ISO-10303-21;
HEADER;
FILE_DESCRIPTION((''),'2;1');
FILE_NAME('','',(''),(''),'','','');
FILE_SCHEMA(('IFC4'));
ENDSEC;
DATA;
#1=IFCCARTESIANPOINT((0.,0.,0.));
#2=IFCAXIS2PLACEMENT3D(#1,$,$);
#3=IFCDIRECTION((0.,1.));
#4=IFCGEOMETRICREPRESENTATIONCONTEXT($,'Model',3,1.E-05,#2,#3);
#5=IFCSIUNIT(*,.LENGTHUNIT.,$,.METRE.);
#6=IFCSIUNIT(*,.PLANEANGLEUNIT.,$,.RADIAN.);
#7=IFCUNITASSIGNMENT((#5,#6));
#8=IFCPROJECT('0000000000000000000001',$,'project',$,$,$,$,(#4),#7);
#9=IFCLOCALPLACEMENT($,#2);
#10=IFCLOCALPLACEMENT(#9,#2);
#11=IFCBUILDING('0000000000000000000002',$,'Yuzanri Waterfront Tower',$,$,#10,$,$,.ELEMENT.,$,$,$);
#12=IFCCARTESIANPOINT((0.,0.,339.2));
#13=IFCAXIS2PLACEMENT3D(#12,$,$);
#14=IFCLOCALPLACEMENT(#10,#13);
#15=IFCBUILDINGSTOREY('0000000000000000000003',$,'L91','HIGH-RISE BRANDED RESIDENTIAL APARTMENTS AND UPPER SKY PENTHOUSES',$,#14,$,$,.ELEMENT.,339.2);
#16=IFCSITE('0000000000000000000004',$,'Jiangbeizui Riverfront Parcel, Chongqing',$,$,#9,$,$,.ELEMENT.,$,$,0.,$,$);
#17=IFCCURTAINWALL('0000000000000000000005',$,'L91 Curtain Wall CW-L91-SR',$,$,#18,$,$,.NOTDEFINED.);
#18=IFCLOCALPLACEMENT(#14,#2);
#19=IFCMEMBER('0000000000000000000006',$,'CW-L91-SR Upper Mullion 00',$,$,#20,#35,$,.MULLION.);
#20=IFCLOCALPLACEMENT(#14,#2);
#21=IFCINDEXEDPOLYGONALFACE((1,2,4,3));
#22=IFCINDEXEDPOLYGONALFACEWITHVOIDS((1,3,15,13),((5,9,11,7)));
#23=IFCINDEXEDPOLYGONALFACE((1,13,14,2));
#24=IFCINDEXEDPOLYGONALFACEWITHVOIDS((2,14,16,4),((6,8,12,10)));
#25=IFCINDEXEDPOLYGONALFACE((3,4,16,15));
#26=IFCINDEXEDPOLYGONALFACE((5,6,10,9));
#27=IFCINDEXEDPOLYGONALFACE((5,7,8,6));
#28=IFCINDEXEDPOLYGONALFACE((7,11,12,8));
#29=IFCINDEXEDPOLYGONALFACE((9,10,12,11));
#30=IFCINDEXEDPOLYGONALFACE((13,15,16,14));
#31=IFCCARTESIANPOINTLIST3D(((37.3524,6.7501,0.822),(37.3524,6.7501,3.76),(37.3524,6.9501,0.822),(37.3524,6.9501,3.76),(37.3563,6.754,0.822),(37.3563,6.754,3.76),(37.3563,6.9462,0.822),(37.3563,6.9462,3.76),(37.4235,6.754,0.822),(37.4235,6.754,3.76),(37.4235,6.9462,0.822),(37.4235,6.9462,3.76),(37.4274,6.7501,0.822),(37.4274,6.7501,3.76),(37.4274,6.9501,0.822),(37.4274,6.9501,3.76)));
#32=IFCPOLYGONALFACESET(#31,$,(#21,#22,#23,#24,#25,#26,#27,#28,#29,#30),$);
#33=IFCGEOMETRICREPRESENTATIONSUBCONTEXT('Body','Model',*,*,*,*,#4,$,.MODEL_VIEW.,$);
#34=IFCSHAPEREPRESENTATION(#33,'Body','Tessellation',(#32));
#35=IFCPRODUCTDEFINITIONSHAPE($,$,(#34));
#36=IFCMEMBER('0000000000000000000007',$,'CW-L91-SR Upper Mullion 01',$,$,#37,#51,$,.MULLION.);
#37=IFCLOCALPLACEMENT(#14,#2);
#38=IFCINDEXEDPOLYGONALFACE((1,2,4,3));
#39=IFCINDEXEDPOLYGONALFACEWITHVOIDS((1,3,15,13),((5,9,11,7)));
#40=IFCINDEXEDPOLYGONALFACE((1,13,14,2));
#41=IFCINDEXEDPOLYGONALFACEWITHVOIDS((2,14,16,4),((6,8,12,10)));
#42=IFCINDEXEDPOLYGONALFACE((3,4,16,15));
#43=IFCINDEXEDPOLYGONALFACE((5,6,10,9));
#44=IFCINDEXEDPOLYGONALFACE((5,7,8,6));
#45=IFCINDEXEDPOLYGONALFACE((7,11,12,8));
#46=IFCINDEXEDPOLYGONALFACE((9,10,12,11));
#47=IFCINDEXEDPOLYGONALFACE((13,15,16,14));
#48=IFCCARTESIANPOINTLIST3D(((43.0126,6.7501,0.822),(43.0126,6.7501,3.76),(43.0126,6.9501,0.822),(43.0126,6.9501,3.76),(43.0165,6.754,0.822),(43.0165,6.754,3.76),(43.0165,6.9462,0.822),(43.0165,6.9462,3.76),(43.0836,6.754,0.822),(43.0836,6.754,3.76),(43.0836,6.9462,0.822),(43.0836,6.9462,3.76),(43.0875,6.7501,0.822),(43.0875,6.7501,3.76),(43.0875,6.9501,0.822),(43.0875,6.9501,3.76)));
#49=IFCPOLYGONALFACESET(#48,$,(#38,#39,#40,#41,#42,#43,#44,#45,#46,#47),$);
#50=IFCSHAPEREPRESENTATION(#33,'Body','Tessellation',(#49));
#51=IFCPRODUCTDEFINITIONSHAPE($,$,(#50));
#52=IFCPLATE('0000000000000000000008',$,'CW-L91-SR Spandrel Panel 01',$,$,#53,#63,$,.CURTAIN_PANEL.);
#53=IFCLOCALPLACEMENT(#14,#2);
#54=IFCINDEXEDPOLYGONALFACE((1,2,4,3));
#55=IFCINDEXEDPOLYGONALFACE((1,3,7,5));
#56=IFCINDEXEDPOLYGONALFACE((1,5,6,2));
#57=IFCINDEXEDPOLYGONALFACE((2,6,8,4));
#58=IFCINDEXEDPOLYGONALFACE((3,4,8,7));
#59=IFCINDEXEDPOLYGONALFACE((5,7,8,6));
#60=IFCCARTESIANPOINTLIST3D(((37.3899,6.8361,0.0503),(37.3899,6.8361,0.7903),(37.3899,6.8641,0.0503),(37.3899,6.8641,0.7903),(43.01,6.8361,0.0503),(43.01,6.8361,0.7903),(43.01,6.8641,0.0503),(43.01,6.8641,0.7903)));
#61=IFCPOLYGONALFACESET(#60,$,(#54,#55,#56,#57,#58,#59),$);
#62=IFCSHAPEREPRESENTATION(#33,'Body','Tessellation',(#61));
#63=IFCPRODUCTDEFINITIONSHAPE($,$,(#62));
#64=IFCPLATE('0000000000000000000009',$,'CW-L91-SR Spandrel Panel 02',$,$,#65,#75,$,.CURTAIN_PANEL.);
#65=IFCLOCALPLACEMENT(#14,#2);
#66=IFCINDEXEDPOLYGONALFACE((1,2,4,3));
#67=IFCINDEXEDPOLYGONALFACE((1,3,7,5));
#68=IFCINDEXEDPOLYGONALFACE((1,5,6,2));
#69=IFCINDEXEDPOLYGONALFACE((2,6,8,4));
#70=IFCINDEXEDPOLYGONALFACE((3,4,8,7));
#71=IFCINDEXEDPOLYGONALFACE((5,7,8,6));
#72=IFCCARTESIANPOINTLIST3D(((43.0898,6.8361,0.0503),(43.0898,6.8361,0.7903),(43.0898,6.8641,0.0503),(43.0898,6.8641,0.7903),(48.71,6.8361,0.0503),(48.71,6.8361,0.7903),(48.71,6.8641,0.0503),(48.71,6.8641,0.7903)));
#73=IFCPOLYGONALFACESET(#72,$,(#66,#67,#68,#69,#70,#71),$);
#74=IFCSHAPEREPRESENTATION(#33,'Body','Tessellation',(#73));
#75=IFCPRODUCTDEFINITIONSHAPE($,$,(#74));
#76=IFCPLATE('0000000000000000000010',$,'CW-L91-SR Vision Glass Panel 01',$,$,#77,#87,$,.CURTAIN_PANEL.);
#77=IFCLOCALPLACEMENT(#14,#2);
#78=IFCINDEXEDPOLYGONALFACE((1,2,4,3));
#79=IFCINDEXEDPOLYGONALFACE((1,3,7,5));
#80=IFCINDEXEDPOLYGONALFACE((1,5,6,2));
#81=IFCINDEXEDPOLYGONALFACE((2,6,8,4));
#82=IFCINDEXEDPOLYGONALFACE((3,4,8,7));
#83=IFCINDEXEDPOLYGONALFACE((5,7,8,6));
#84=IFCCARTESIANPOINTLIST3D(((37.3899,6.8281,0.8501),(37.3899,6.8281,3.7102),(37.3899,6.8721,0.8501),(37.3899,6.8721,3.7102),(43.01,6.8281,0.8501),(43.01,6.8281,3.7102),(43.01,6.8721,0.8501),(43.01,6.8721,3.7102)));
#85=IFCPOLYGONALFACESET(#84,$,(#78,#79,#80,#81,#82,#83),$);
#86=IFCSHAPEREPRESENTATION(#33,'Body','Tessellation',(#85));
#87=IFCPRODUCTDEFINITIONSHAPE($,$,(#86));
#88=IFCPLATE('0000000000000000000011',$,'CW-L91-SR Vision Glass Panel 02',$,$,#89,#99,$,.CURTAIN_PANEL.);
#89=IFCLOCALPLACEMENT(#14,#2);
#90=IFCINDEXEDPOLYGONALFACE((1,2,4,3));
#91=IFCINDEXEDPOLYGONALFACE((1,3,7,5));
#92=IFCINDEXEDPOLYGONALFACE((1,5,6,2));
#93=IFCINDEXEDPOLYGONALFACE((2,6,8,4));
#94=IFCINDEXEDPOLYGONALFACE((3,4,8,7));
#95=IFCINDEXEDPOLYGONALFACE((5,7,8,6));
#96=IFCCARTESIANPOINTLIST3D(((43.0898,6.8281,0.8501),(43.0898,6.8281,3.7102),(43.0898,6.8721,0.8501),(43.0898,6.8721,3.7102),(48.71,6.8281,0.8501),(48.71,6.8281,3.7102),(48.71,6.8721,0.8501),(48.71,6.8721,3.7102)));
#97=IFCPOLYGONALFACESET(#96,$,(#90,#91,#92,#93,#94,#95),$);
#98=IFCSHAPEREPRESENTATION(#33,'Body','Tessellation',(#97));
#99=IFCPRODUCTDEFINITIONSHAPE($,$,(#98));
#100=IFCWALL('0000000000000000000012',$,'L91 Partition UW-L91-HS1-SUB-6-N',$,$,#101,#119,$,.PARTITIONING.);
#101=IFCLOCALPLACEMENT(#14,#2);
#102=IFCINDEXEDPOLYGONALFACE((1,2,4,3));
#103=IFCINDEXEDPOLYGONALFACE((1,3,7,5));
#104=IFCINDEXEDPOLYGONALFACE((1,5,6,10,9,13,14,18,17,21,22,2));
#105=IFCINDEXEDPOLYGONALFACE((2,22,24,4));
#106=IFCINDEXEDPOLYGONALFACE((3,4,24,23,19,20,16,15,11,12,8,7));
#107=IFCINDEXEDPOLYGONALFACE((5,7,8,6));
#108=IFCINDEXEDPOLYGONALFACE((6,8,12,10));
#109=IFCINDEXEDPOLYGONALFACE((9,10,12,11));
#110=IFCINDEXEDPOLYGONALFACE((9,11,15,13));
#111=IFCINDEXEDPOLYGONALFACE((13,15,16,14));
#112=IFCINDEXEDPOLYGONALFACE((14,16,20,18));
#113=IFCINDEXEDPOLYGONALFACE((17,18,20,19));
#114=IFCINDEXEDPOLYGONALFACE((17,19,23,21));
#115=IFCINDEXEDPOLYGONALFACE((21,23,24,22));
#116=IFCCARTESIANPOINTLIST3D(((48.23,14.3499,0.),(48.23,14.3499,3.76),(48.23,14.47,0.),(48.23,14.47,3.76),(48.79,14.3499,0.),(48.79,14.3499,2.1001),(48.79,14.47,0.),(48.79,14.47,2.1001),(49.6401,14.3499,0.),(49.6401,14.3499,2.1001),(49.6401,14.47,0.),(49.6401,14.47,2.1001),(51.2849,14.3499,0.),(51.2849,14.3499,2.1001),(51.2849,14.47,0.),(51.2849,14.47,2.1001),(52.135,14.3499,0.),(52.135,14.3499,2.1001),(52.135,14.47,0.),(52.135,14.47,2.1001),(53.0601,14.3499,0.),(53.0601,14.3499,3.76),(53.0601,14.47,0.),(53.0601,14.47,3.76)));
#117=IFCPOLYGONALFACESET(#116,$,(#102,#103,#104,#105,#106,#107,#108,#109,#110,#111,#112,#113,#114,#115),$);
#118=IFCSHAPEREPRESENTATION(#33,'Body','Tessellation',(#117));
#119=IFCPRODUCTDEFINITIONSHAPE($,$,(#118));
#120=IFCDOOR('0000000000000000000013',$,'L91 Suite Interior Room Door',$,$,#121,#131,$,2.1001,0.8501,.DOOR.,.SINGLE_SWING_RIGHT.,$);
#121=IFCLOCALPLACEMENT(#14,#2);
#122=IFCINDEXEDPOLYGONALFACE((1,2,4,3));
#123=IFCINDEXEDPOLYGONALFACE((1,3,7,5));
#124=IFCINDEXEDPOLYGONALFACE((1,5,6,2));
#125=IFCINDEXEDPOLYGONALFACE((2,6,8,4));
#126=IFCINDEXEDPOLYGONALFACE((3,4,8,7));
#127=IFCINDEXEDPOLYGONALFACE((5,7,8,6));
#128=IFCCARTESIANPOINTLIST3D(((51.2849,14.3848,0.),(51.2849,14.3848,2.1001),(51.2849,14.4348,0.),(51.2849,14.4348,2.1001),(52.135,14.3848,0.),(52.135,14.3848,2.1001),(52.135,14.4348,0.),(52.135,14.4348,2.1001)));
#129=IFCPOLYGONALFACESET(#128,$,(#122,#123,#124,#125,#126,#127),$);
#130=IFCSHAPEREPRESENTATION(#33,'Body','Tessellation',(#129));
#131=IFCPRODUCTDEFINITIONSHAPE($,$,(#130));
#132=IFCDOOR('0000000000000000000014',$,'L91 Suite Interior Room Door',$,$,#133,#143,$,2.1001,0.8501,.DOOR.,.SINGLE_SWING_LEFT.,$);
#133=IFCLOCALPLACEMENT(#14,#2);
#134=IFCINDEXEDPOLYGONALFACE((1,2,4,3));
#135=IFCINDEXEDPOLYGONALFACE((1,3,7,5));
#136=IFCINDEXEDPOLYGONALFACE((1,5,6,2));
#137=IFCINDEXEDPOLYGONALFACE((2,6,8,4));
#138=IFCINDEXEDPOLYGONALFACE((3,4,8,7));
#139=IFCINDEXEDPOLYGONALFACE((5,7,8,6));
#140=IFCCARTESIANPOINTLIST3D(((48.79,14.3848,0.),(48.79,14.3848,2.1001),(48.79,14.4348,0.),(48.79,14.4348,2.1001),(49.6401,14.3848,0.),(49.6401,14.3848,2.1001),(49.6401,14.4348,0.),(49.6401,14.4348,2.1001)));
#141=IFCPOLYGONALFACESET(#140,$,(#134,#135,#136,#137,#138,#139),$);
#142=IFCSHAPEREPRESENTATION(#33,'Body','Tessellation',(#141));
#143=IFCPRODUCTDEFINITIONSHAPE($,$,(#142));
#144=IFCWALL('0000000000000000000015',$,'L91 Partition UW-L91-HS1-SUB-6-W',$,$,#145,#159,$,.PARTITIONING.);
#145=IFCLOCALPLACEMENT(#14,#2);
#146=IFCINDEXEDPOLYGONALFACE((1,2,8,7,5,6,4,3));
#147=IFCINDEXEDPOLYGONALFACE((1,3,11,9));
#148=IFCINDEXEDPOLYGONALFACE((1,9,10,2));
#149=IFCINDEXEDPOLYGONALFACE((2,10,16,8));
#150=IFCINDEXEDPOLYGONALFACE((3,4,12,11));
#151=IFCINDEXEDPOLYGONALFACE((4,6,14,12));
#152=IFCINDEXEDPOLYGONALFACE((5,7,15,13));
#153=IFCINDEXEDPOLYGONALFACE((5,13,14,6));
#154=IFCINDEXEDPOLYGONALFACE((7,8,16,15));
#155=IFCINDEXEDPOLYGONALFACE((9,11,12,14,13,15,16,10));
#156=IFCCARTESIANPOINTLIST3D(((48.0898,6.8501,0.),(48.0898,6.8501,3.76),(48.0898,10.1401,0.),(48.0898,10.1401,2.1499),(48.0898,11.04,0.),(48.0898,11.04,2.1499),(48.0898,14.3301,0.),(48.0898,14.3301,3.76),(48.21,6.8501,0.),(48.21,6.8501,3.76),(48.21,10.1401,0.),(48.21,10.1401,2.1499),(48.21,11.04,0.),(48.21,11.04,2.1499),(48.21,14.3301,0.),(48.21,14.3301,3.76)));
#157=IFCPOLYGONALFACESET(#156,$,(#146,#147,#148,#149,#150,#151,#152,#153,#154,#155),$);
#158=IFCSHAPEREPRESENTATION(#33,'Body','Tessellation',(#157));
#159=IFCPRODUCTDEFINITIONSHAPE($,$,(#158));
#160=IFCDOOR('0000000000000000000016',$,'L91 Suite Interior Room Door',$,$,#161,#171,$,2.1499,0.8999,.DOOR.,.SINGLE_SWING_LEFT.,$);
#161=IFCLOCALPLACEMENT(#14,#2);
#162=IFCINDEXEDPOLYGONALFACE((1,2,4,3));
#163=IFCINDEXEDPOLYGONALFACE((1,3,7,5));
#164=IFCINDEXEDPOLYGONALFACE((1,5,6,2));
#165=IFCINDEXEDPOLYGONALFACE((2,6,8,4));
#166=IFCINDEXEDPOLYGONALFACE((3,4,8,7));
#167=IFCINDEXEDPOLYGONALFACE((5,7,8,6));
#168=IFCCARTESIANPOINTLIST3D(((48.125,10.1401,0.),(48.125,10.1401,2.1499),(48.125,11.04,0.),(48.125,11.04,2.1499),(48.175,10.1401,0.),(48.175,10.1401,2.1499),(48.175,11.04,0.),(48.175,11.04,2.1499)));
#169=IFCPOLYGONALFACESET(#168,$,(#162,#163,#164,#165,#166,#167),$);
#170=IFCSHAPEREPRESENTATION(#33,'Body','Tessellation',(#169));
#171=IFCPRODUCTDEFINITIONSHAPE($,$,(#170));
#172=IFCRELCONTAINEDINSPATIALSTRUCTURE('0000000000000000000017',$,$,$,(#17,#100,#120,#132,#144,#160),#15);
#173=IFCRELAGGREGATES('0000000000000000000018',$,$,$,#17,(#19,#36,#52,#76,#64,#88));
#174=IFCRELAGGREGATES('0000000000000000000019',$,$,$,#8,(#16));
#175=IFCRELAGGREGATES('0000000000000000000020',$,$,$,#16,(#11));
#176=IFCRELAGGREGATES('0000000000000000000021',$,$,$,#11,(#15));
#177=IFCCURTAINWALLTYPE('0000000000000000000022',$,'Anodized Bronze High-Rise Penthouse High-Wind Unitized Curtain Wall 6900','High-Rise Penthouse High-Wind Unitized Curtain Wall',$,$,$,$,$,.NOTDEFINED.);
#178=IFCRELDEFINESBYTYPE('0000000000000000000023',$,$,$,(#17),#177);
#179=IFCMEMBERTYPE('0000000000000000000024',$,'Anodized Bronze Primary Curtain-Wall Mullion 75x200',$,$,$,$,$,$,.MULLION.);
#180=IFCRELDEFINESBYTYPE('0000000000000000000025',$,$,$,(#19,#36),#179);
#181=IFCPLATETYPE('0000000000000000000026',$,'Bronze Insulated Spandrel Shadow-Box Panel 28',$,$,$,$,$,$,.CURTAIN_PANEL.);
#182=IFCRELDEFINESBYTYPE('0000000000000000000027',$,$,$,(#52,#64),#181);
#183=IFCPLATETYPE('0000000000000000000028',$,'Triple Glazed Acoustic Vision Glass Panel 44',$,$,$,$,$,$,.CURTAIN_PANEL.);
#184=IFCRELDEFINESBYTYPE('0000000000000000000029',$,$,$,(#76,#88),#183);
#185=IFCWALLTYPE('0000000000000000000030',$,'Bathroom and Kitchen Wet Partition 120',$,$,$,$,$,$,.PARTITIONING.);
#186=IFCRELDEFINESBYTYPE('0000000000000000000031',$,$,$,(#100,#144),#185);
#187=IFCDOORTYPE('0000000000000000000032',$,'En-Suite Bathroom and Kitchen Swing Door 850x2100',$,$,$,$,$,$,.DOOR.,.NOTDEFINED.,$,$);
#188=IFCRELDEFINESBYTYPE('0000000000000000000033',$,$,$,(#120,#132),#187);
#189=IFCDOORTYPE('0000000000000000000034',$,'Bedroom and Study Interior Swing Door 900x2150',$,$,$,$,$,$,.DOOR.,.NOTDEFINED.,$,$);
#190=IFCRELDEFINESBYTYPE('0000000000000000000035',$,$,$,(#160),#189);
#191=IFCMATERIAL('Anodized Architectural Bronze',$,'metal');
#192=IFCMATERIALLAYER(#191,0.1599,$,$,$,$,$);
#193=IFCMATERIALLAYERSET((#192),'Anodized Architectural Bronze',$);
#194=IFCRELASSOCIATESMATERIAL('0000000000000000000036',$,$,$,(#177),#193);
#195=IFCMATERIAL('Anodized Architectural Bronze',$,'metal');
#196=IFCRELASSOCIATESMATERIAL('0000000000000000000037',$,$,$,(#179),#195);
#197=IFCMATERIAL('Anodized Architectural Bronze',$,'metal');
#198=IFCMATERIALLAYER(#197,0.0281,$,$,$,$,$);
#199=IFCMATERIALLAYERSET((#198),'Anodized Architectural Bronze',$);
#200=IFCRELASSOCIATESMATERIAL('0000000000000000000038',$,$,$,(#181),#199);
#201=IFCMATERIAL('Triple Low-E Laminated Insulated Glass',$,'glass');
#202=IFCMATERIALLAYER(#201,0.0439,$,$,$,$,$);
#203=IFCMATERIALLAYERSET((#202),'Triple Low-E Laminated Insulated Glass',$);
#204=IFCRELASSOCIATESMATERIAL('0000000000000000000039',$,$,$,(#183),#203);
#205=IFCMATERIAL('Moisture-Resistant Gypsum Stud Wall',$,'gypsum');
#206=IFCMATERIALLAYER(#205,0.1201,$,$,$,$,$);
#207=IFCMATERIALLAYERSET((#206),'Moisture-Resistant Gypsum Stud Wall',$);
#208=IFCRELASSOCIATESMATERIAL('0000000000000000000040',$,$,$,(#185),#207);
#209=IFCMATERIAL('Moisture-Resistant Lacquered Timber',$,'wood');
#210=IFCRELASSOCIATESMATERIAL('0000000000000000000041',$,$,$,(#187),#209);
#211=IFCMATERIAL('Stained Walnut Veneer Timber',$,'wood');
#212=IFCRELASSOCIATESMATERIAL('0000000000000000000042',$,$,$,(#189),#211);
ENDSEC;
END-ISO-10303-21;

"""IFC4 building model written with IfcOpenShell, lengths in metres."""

from ifc_helpers import new_model, si_unit, direction, frame, frame_2d, origin, origin_2d, place, context, subcontext, project, spatial, rectangle, hollow_rectangle, extrude, source, transform, mapped, material, layer, layer_set, material_profile, profile_set, type_object, element, fill, aggregate, save


model = new_model("IFC4")

# Units and contexts
model_context = context("Model", 3, precision=1e-05, world=origin(), true_north=direction((0.0, 1.0)))
body_context = subcontext(model_context, "Body", "Model", "MODEL_VIEW")
ifc_project = project(units=[si_unit("LENGTHUNIT", "METRE"), si_unit("PLANEANGLEUNIT", "RADIAN")], contexts=[model_context])

# Site, building, storey
site_placement = place(None, origin())
site = spatial("IfcSite", under=ifc_project, at=site_placement, Name="Jiangbeizui Riverfront Parcel, Chongqing", CompositionType="ELEMENT", RefElevation=0.0)
building_placement = place(site_placement, origin())
building = spatial("IfcBuilding", under=site, at=building_placement, Name="Yuzanri Waterfront Tower", CompositionType="ELEMENT")
storey_placement = place(building_placement, frame((0.0, 0.0, 339.2)))
storey = spatial("IfcBuildingStorey", under=building, at=storey_placement, Name="L91", Description="HIGH-RISE BRANDED RESIDENTIAL APARTMENTS AND UPPER SKY PENTHOUSES", CompositionType="ELEMENT", Elevation=339.2)

# Curtain wall, members, plates
ifc_material_1 = material(Name="Anodized Architectural Bronze", Category="metal")
ifc_layer_1 = layer(ifc_material_1, 0.1599)
ifc_layer_set_1 = layer_set([ifc_layer_1], Name="Anodized Architectural Bronze")
curtain_wall_type = type_object("IfcCurtainWallType", Name="Anodized Bronze High-Rise Penthouse High-Wind Unitized Curtain Wall 6900", Description="High-Rise Penthouse High-Wind Unitized Curtain Wall", PredefinedType="NOTDEFINED", material=ifc_layer_set_1)
curtain_wall_placement = place(storey_placement, origin())
curtain_wall = element("IfcCurtainWall", 1, at=curtain_wall_placement, inside=storey, type_object=curtain_wall_type, Name="L91 Curtain Wall CW-L91-SR", PredefinedType="NOTDEFINED")
ifc_material_2 = material(Name="Anodized Architectural Bronze", Category="metal")
ifc_material_profile_1 = material_profile(ifc_material_2, hollow_rectangle(XDim=0.075, YDim=0.2, WallThickness=0.0039, at=origin_2d()), Name="CWM 75x200")
ifc_profile_set_1 = profile_set([ifc_material_profile_1], Name="Anodized Architectural Bronze")
member_type_1 = type_object("IfcMemberType", Name="Anodized Bronze Primary Curtain-Wall Mullion 75x200", PredefinedType="MULLION", material=ifc_profile_set_1)
shared_shape_1 = source(origin(), body_context, "Body", "SweptSolid", [
    extrude(hollow_rectangle(XDim=0.075, YDim=0.2, WallThickness=0.0039, at=origin_2d()), origin(), (0.0, 0.0, 1.0), 2.938),
])
member_1_placement = place(storey_placement, frame((37.3899, 6.8501, 0.822), z_axis=(0.0, 0.0, 1.0), x_axis=(1.0, 0.0, 0.0)))
member_1 = element("IfcMember", 2, at=member_1_placement, type_object=member_type_1, Name="CW-L91-SR Upper Mullion 00", PredefinedType="MULLION", context=body_context, shape_type="MappedRepresentation", body=[
    mapped(shared_shape_1, transform((0.0, 0.0, 0.0), scale=1.0)),
])
member_2_placement = place(storey_placement, frame((43.05, 6.8501, 0.822), z_axis=(0.0, 0.0, 1.0), x_axis=(1.0, 0.0, 0.0)))
member_2 = element("IfcMember", 3, at=member_2_placement, type_object=member_type_1, Name="CW-L91-SR Upper Mullion 01", PredefinedType="MULLION", context=body_context, shape_type="MappedRepresentation", body=[
    mapped(shared_shape_1, transform((0.0, 0.0, 0.0), scale=1.0)),
])
ifc_material_3 = material(Name="Anodized Architectural Bronze", Category="metal")
ifc_layer_2 = layer(ifc_material_3, 0.0281)
ifc_layer_set_2 = layer_set([ifc_layer_2], Name="Anodized Architectural Bronze")
plate_type_1 = type_object("IfcPlateType", Name="Bronze Insulated Spandrel Shadow-Box Panel 28", PredefinedType="CURTAIN_PANEL", material=ifc_layer_set_2)
shared_shape_2 = source(origin(), body_context, "Body", "SweptSolid", [
    extrude(rectangle(XDim=5.6201, YDim=0.0281, at=origin_2d()), origin(), (0.0, 0.0, 1.0), 0.74),
])
plate_1_placement = place(storey_placement, frame((40.2, 6.8501, 0.0503), z_axis=(0.0, 0.0, 1.0), x_axis=(1.0, 0.0, 0.0)))
plate_1 = element("IfcPlate", 4, at=plate_1_placement, type_object=plate_type_1, Name="CW-L91-SR Spandrel Panel 01", PredefinedType="CURTAIN_PANEL", context=body_context, shape_type="MappedRepresentation", body=[
    mapped(shared_shape_2, transform((0.0, 0.0, 0.0), scale=1.0)),
])
plate_2_placement = place(storey_placement, frame((45.8999, 6.8501, 0.0503), z_axis=(0.0, 0.0, 1.0), x_axis=(1.0, 0.0, 0.0)))
plate_2 = element("IfcPlate", 5, at=plate_2_placement, type_object=plate_type_1, Name="CW-L91-SR Spandrel Panel 02", PredefinedType="CURTAIN_PANEL", context=body_context, shape_type="MappedRepresentation", body=[
    mapped(shared_shape_2, transform((0.0, 0.0, 0.0), scale=1.0)),
])
ifc_material_4 = material(Name="Triple Low-E Laminated Insulated Glass", Category="glass")
ifc_layer_3 = layer(ifc_material_4, 0.0439)
ifc_layer_set_3 = layer_set([ifc_layer_3], Name="Triple Low-E Laminated Insulated Glass")
plate_type_2 = type_object("IfcPlateType", Name="Triple Glazed Acoustic Vision Glass Panel 44", PredefinedType="CURTAIN_PANEL", material=ifc_layer_set_3)
shared_shape_3 = source(origin(), body_context, "Body", "SweptSolid", [
    extrude(rectangle(XDim=5.6201, YDim=0.0439, at=origin_2d()), origin(), (0.0, 0.0, 1.0), 2.8601),
])
plate_3_placement = place(storey_placement, frame((40.2, 6.8501, 0.8501), z_axis=(0.0, 0.0, 1.0), x_axis=(1.0, 0.0, 0.0)))
plate_3 = element("IfcPlate", 6, at=plate_3_placement, type_object=plate_type_2, Name="CW-L91-SR Vision Glass Panel 01", PredefinedType="CURTAIN_PANEL", context=body_context, shape_type="MappedRepresentation", body=[
    mapped(shared_shape_3, transform((0.0, 0.0, 0.0), scale=1.0)),
])
plate_4_placement = place(storey_placement, frame((45.8999, 6.8501, 0.8501), z_axis=(0.0, 0.0, 1.0), x_axis=(1.0, 0.0, 0.0)))
plate_4 = element("IfcPlate", 7, at=plate_4_placement, type_object=plate_type_2, Name="CW-L91-SR Vision Glass Panel 02", PredefinedType="CURTAIN_PANEL", context=body_context, shape_type="MappedRepresentation", body=[
    mapped(shared_shape_3, transform((0.0, 0.0, 0.0), scale=1.0)),
])
aggregate(curtain_wall, [member_1, member_2, plate_1, plate_3, plate_2, plate_4])

# Wall, openings, doors
ifc_material_5 = material(Name="Moisture-Resistant Gypsum Stud Wall", Category="gypsum")
ifc_layer_4 = layer(ifc_material_5, 0.1201)
ifc_layer_set_4 = layer_set([ifc_layer_4], Name="Moisture-Resistant Gypsum Stud Wall")
wall_type = type_object("IfcWallType", Name="Bathroom and Kitchen Wet Partition 120", PredefinedType="PARTITIONING", material=ifc_layer_set_4)
wall_1_placement = place(storey_placement, frame((48.23, 14.4099, 0.0), z_axis=(0.0, 0.0, 1.0), x_axis=(1.0, 0.0, 0.0)))
wall_1 = element("IfcWall", 8, at=wall_1_placement, inside=storey, type_object=wall_type, Name="L91 Partition UW-L91-HS1-SUB-6-N", PredefinedType="PARTITIONING", context=body_context, shape_type="SweptSolid", body=[
    extrude(rectangle(XDim=4.8301, YDim=0.1201, at=frame_2d((2.415, 0.0))), origin(), (0.0, 0.0, 1.0), 3.76),
])
opening_1_placement = place(wall_1_placement, frame((3.0549, 0.0, 0.0)))
opening_1 = element("IfcOpeningElement", 9, at=opening_1_placement, cuts=wall_1, PredefinedType="OPENING", context=body_context, shape_type="SweptSolid", body=[
    extrude(rectangle(XDim=0.8501, YDim=2.1001, at=frame_2d((0.425, 1.05))), frame((0.0, 0.075, 0.0), z_axis=(0.0, -1.0, 0.0), x_axis=(1.0, 0.0, 0.0)), (0.0, 0.0, 1.0), 0.1499),
])
opening_2_placement = place(wall_1_placement, frame((0.5601, 0.0, 0.0)))
opening_2 = element("IfcOpeningElement", 10, at=opening_2_placement, cuts=wall_1, PredefinedType="OPENING", context=body_context, shape_type="SweptSolid", body=[
    extrude(rectangle(XDim=0.8501, YDim=2.1001, at=frame_2d((0.425, 1.05))), frame((0.0, 0.075, 0.0), z_axis=(0.0, -1.0, 0.0), x_axis=(1.0, 0.0, 0.0)), (0.0, 0.0, 1.0), 0.1499),
])
ifc_material_6 = material(Name="Moisture-Resistant Lacquered Timber", Category="wood")
door_type_1 = type_object("IfcDoorType", Name="En-Suite Bathroom and Kitchen Swing Door 850x2100", OperationType="NOTDEFINED", PredefinedType="DOOR", material=ifc_material_6)
shared_shape_4 = source(origin(), body_context, "Body", "SweptSolid", [
    extrude(rectangle(XDim=0.8501, YDim=2.1001, at=frame_2d((0.425, 1.05))), frame((0.0, 0.0249, 0.0), z_axis=(0.0, -1.0, 0.0), x_axis=(1.0, 0.0, 0.0)), (0.0, 0.0, 1.0), 0.05),
])
door_1_placement = place(opening_1_placement, origin())
door_1 = element("IfcDoor", 11, at=door_1_placement, inside=storey, type_object=door_type_1, Name="L91 Suite Interior Room Door", OperationType="SINGLE_SWING_RIGHT", OverallHeight=2.1001, OverallWidth=0.8501, PredefinedType="DOOR", context=body_context, shape_type="MappedRepresentation", body=[
    mapped(shared_shape_4, transform((0.0, 0.0, 0.0), scale=1.0)),
])
fill(opening_1, door_1)
door_2_placement = place(opening_2_placement, origin())
door_2 = element("IfcDoor", 12, at=door_2_placement, inside=storey, type_object=door_type_1, Name="L91 Suite Interior Room Door", OperationType="SINGLE_SWING_LEFT", OverallHeight=2.1001, OverallWidth=0.8501, PredefinedType="DOOR", context=body_context, shape_type="MappedRepresentation", body=[
    mapped(shared_shape_4, transform((0.0, 0.0, 0.0), scale=1.0)),
])
fill(opening_2, door_2)

# Wall, opening, door
wall_2_placement = place(storey_placement, frame((48.1499, 6.8501, 0.0), z_axis=(0.0, 0.0, 1.0), x_axis=(0.0, 1.0, 0.0)))
wall_2 = element("IfcWall", 13, at=wall_2_placement, inside=storey, type_object=wall_type, Name="L91 Partition UW-L91-HS1-SUB-6-W", PredefinedType="PARTITIONING", context=body_context, shape_type="SweptSolid", body=[
    extrude(rectangle(XDim=7.48, YDim=0.1201, at=frame_2d((3.74, 0.0))), origin(), (0.0, 0.0, 1.0), 3.76),
])
opening_3_placement = place(wall_2_placement, frame((3.29, 0.0, 0.0)))
opening_3 = element("IfcOpeningElement", 14, at=opening_3_placement, cuts=wall_2, PredefinedType="OPENING", context=body_context, shape_type="SweptSolid", body=[
    extrude(rectangle(XDim=0.8999, YDim=2.1499, at=frame_2d((0.45, 1.075))), frame((0.0, 0.075, 0.0), z_axis=(0.0, -1.0, 0.0), x_axis=(1.0, 0.0, 0.0)), (0.0, 0.0, 1.0), 0.1499),
])
ifc_material_7 = material(Name="Stained Walnut Veneer Timber", Category="wood")
door_type_2 = type_object("IfcDoorType", Name="Bedroom and Study Interior Swing Door 900x2150", OperationType="NOTDEFINED", PredefinedType="DOOR", material=ifc_material_7)
shared_shape_5 = source(origin(), body_context, "Body", "SweptSolid", [
    extrude(rectangle(XDim=0.8999, YDim=2.1499, at=frame_2d((0.45, 1.075))), frame((0.0, 0.0249, 0.0), z_axis=(0.0, -1.0, 0.0), x_axis=(1.0, 0.0, 0.0)), (0.0, 0.0, 1.0), 0.05),
])
door_3_placement = place(opening_3_placement, origin())
door_3 = element("IfcDoor", 15, at=door_3_placement, inside=storey, type_object=door_type_2, Name="L91 Suite Interior Room Door", OperationType="SINGLE_SWING_LEFT", OverallHeight=2.1499, OverallWidth=0.8999, PredefinedType="DOOR", context=body_context, shape_type="MappedRepresentation", body=[
    mapped(shared_shape_5, transform((0.0, 0.0, 0.0), scale=1.0)),
])
fill(opening_3, door_3)

save(model, "model.ifc")
